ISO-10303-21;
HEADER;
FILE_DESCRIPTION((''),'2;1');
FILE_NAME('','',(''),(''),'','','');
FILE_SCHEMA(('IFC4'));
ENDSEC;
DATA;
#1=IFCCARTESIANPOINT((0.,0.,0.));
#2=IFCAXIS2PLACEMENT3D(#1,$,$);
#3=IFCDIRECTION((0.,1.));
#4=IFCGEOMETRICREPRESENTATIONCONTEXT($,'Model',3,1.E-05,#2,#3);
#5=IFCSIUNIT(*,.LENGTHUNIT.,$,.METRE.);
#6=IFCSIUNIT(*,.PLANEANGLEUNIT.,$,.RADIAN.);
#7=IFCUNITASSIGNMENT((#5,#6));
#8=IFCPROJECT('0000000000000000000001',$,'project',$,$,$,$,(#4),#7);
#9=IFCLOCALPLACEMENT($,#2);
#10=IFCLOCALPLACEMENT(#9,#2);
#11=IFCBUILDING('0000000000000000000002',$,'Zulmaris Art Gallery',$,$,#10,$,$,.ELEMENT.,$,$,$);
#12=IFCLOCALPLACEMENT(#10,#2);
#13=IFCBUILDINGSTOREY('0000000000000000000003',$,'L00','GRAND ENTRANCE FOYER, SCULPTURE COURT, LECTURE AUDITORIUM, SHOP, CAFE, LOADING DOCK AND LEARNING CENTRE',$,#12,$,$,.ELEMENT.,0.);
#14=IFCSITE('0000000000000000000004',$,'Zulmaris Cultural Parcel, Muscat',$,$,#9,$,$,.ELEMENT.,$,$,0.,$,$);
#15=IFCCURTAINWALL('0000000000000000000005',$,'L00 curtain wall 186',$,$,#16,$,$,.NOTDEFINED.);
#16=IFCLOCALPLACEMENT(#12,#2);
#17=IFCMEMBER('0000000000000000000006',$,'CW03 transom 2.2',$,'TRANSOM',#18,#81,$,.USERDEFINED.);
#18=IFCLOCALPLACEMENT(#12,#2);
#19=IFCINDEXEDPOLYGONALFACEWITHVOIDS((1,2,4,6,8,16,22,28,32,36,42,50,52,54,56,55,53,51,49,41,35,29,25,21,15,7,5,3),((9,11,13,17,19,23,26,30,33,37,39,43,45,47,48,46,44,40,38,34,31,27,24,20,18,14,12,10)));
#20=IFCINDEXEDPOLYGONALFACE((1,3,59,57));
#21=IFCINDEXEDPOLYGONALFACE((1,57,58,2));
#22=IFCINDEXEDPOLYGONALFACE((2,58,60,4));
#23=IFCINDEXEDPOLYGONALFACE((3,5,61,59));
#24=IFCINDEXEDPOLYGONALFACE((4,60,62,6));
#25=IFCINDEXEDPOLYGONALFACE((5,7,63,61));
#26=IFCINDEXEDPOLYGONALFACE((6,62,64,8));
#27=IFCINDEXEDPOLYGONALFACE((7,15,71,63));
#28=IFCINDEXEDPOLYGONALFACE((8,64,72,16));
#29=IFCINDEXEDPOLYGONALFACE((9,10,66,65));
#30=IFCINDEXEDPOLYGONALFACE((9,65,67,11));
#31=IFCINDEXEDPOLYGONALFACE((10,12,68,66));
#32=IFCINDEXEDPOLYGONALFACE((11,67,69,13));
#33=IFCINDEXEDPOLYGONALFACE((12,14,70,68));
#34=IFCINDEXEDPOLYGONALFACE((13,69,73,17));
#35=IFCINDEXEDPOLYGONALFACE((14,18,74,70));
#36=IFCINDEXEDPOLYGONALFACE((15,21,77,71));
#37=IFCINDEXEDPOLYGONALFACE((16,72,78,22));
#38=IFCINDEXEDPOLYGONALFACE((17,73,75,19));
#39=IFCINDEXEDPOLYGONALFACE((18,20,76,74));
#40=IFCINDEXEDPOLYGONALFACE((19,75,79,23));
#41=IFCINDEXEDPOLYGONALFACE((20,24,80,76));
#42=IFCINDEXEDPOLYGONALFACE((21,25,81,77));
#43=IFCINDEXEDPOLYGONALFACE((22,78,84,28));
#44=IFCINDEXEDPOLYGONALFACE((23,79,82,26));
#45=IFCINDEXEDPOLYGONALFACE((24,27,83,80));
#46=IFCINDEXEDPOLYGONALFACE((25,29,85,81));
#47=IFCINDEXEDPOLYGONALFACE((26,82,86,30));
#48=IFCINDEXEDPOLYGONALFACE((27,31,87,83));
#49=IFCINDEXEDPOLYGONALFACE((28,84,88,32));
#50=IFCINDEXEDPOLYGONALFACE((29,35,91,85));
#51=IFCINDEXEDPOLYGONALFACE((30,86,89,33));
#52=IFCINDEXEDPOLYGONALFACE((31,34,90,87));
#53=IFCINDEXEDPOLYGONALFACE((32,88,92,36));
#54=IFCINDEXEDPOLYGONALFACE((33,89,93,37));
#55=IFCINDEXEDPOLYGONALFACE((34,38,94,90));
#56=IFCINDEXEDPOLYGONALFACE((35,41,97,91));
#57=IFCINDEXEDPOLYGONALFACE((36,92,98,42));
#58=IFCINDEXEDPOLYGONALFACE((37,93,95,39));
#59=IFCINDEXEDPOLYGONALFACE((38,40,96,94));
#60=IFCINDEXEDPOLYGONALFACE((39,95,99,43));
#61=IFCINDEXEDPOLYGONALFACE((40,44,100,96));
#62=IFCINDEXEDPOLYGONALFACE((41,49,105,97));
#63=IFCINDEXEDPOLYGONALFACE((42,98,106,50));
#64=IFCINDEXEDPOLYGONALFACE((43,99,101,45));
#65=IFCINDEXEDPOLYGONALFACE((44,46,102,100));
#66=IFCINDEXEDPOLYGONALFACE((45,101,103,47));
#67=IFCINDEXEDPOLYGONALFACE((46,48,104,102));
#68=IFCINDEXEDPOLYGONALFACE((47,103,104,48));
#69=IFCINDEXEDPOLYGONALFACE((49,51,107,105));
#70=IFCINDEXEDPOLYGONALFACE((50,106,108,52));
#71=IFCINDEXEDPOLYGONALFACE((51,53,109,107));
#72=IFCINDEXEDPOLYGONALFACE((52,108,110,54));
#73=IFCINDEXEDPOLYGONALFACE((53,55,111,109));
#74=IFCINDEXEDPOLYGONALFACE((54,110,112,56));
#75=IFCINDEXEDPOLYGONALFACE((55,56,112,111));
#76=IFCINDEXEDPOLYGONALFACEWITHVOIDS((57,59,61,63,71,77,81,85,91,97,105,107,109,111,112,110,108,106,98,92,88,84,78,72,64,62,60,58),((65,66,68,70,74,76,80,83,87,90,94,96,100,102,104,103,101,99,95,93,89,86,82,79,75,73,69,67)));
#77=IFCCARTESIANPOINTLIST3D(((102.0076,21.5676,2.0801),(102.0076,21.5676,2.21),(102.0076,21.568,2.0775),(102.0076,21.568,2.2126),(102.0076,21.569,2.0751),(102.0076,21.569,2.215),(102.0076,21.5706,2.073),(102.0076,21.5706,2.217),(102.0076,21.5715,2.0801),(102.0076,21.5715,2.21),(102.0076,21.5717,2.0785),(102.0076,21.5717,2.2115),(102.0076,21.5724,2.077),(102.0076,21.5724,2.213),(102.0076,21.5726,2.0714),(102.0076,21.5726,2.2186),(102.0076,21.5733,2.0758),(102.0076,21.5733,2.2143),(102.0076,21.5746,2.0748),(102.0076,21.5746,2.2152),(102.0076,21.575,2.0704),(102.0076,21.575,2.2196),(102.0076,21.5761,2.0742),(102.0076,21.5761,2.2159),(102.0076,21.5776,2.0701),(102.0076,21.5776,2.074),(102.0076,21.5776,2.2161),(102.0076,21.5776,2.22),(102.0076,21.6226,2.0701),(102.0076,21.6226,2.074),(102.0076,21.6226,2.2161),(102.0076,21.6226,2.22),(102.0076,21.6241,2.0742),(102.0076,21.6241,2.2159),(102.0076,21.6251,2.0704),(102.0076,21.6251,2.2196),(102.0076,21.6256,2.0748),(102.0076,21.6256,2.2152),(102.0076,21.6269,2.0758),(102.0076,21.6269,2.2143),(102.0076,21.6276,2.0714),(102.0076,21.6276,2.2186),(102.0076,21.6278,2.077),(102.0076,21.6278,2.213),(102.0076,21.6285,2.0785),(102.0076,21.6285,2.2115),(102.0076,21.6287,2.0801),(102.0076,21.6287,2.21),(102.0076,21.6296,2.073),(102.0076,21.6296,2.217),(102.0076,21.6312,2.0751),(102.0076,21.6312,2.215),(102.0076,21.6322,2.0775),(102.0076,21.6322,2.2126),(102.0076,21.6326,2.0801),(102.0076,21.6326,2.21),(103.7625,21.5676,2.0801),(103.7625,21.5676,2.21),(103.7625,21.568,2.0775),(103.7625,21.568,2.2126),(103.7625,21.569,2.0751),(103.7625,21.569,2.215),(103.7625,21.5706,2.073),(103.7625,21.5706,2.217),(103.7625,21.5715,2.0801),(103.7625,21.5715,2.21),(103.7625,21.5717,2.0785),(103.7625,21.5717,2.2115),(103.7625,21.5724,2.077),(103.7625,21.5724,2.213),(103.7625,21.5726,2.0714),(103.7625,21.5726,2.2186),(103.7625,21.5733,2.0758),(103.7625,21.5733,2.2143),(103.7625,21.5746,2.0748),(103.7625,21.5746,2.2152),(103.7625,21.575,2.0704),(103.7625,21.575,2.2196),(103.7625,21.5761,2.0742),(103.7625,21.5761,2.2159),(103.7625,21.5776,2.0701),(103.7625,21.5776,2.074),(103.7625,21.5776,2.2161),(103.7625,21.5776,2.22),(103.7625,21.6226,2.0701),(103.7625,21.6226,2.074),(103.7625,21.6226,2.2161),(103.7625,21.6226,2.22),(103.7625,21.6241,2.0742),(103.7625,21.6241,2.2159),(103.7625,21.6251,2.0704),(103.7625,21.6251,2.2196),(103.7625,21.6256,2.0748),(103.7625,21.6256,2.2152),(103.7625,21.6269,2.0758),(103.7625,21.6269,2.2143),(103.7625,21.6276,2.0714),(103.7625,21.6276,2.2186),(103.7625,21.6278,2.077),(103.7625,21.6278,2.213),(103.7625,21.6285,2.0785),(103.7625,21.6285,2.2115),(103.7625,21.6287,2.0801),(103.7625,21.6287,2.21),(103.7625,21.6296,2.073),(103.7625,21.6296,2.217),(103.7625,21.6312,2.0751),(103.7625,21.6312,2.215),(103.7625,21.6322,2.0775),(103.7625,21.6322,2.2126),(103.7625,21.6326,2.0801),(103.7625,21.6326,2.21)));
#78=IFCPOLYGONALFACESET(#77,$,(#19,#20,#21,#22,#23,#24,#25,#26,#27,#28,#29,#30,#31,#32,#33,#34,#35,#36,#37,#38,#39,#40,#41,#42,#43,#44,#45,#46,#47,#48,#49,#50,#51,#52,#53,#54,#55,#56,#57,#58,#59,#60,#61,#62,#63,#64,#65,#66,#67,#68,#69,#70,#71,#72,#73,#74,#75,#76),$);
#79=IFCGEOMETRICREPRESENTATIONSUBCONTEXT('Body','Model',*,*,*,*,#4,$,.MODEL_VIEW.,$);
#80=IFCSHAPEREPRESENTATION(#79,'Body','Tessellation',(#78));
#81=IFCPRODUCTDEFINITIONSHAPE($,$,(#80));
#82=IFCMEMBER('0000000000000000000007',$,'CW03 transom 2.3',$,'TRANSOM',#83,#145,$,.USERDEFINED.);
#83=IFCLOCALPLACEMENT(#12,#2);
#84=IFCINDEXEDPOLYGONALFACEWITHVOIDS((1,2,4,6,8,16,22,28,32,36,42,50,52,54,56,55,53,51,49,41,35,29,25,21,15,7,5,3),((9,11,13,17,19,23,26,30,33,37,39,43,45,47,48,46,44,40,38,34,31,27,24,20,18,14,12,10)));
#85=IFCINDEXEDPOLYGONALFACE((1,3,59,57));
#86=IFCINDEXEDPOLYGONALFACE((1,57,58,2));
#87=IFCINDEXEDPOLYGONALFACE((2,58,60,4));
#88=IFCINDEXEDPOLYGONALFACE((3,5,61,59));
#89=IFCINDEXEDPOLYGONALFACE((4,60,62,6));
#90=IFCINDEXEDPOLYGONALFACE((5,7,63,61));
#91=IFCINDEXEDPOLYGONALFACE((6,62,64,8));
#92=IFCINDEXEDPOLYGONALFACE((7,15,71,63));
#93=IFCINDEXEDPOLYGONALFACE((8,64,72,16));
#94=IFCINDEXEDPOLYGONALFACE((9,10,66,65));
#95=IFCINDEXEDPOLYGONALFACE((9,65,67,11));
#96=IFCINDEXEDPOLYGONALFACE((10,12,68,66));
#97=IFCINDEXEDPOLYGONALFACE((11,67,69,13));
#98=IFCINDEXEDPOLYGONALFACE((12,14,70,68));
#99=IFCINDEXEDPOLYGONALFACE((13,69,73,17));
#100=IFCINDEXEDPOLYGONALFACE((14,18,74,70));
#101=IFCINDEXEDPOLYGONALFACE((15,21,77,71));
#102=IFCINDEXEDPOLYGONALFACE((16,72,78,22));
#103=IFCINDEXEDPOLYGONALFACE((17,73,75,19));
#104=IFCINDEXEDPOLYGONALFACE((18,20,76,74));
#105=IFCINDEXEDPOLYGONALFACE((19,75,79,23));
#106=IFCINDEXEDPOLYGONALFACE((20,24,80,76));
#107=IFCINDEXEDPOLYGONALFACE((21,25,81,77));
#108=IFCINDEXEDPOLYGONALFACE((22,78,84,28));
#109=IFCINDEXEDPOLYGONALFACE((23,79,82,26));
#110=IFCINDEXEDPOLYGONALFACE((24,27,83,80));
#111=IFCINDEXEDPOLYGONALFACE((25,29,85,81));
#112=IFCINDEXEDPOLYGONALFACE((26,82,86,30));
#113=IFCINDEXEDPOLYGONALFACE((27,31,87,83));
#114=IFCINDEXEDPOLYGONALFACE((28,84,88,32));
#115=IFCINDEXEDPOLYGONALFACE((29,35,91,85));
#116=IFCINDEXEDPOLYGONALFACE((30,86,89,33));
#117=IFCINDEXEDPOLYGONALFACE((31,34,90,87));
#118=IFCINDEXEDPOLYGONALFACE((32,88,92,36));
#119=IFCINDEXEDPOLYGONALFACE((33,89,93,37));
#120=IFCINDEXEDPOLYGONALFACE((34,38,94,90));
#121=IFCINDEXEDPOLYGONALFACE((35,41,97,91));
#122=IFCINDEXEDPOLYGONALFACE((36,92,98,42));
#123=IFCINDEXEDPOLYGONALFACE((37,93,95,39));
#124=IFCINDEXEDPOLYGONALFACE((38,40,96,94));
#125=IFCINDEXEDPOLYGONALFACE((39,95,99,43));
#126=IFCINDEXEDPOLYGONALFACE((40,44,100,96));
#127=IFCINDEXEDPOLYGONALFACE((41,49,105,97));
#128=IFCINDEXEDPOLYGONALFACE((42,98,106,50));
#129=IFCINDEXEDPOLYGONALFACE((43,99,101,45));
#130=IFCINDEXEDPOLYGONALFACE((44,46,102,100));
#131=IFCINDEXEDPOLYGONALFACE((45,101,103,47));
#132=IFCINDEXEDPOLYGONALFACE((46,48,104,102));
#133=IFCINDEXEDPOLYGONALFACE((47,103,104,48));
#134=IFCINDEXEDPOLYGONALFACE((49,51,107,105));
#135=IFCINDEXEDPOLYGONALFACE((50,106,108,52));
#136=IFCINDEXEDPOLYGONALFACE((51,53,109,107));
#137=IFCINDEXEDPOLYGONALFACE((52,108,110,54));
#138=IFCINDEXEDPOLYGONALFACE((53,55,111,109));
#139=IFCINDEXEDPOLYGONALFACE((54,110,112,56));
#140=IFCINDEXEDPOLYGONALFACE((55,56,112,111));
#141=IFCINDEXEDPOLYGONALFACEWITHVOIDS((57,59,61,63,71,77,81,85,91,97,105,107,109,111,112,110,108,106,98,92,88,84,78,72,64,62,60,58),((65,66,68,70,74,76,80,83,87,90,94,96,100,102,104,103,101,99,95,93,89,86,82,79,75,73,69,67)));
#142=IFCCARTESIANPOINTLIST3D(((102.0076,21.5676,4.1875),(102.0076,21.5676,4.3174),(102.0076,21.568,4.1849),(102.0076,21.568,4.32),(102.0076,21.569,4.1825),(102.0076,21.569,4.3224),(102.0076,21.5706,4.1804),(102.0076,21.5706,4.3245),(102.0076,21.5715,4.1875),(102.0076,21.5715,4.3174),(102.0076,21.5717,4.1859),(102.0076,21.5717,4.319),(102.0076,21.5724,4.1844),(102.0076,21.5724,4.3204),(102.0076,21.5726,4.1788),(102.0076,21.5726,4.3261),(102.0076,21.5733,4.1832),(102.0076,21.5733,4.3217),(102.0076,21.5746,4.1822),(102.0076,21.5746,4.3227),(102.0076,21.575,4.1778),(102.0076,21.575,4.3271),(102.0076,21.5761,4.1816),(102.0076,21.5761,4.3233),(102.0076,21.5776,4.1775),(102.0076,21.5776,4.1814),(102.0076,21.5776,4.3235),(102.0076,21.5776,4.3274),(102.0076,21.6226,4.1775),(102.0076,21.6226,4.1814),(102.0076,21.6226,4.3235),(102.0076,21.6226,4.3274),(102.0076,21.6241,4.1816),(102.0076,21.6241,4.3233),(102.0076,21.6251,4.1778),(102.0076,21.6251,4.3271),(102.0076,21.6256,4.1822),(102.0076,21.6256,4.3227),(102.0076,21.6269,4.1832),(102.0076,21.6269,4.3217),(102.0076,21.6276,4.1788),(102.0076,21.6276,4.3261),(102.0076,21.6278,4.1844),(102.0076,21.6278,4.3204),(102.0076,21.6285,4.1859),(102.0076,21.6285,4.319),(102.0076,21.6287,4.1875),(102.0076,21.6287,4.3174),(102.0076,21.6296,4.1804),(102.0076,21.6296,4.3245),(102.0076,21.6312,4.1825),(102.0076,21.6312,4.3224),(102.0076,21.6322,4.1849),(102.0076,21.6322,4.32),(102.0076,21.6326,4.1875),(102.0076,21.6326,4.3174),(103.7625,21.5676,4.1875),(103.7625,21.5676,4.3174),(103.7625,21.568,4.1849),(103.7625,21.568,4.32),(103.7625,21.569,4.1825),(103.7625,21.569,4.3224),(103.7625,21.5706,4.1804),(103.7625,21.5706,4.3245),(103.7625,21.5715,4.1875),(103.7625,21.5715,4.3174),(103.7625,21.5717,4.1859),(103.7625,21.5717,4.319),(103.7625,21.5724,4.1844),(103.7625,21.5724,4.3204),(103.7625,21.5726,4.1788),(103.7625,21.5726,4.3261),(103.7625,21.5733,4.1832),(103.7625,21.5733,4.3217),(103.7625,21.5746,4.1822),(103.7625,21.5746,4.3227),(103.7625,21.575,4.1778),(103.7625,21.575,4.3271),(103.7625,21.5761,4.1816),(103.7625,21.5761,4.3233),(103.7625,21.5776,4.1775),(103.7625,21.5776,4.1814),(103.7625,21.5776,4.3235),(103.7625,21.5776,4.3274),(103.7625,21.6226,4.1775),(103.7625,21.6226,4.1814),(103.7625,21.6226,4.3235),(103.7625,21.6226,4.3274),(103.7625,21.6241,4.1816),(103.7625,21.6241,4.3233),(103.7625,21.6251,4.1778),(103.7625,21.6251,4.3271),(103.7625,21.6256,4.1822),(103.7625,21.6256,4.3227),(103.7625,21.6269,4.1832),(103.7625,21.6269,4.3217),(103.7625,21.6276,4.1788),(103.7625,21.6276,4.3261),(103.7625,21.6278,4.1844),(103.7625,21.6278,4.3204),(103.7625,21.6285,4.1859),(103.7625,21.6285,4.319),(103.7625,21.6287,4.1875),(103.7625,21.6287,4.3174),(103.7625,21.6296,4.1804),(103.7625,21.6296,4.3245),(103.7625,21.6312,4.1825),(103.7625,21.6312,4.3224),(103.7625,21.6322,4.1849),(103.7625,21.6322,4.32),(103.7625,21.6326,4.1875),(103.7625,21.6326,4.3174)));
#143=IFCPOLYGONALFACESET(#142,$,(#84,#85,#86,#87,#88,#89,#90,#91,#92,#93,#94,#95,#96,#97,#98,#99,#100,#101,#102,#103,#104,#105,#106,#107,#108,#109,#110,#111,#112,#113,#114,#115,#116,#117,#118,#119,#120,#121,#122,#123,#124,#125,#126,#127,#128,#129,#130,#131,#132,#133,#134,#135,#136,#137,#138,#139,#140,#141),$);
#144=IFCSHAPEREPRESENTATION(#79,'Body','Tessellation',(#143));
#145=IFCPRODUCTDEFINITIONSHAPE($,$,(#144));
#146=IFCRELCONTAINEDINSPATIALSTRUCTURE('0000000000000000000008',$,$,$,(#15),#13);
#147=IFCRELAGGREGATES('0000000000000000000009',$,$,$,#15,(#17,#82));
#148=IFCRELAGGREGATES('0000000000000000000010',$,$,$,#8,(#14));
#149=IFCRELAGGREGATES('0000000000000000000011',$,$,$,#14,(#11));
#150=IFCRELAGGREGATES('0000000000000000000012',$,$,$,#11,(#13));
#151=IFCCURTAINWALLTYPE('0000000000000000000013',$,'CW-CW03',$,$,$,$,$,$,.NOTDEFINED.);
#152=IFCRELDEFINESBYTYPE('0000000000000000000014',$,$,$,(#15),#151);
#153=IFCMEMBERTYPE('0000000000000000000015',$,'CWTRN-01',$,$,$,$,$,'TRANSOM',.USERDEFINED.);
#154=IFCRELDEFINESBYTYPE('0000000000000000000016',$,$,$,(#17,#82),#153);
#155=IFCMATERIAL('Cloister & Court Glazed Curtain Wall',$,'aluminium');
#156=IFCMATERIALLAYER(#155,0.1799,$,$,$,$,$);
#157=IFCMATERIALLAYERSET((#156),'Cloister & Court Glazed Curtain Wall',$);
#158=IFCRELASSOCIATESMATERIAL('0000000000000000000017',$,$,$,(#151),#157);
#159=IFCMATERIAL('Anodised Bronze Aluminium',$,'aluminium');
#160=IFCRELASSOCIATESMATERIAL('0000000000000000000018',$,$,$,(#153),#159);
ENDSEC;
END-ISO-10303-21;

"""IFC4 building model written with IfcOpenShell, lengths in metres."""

from ifc_helpers import new_model, si_unit, direction, frame, origin, origin_2d, place, context, subcontext, project, spatial, hollow_rectangle, extrude, material, layer, layer_set, material_profile, profile_set, type_object, element, aggregate, save


model = new_model("IFC4")

# Units and contexts
model_context = context("Model", 3, precision=1e-05, world=origin(), true_north=direction((0.0, 1.0)))
body_context = subcontext(model_context, "Body", "Model", "MODEL_VIEW")
ifc_project = project(units=[si_unit("LENGTHUNIT", "METRE"), si_unit("PLANEANGLEUNIT", "RADIAN")], contexts=[model_context])

# Site, building, storey
site_placement = place(None, origin())
site = spatial("IfcSite", under=ifc_project, at=site_placement, Name="Zulmaris Cultural Parcel, Muscat", CompositionType="ELEMENT", RefElevation=0.0)
building_placement = place(site_placement, origin())
building = spatial("IfcBuilding", under=site, at=building_placement, Name="Zulmaris Art Gallery", CompositionType="ELEMENT")
storey_placement = place(building_placement, origin())
storey = spatial("IfcBuildingStorey", under=building, at=storey_placement, Name="L00", Description="GRAND ENTRANCE FOYER, SCULPTURE COURT, LECTURE AUDITORIUM, SHOP, CAFE, LOADING DOCK AND LEARNING CENTRE", CompositionType="ELEMENT", Elevation=0.0)

# Shared definitions
ifc_material_1 = material(Name="Cloister & Court Glazed Curtain Wall", Category="aluminium")
ifc_layer_1 = layer(ifc_material_1, 0.1799)
ifc_layer_set_1 = layer_set([ifc_layer_1], Name="Cloister & Court Glazed Curtain Wall")
curtain_wall_type = type_object("IfcCurtainWallType", Name="CW-CW03", PredefinedType="NOTDEFINED", material=ifc_layer_set_1)
ifc_material_2 = material(Name="Anodised Bronze Aluminium", Category="aluminium")

# Curtain wall, members
curtain_wall_1_placement = place(storey_placement, origin())
curtain_wall_1 = element("IfcCurtainWall", 1, at=curtain_wall_1_placement, inside=storey, type_object=curtain_wall_type, Name="L00 curtain wall 186", PredefinedType="NOTDEFINED")
ifc_material_profile_1 = material_profile(ifc_material_2, hollow_rectangle(XDim=0.0649, YDim=0.1499, WallThickness=0.0039, InnerFilletRadius=0.0061, OuterFilletRadius=0.01, at=origin_2d()), Name="ALU 65x150x4")
ifc_profile_set_1 = profile_set([ifc_material_profile_1], Name="Anodised Bronze Aluminium")
member_type_1 = type_object("IfcMemberType", Name="CWTRN-01", ElementType="TRANSOM", PredefinedType="USERDEFINED", material=ifc_profile_set_1)
member_1_placement = place(storey_placement, frame((102.0076, 21.6001, 2.145), z_axis=(1.0, 0.0, 0.0), x_axis=(0.0, 1.0, 0.0)))
member_1 = element("IfcMember", 2, at=member_1_placement, type_object=member_type_1, Name="CW03 transom 2.2", ObjectType="TRANSOM", PredefinedType="USERDEFINED", context=body_context, shape_type="SweptSolid", body=[
    extrude(hollow_rectangle(XDim=0.0649, YDim=0.1499, WallThickness=0.0039, InnerFilletRadius=0.0061, OuterFilletRadius=0.01, at=origin_2d()), origin(), (0.0, 0.0, 1.0), 1.7549),
])
member_2_placement = place(storey_placement, frame((102.0076, 21.6001, 4.2524), z_axis=(1.0, 0.0, 0.0), x_axis=(0.0, 1.0, 0.0)))
member_2 = element("IfcMember", 3, at=member_2_placement, type_object=member_type_1, Name="CW03 transom 2.3", ObjectType="TRANSOM", PredefinedType="USERDEFINED", context=body_context, shape_type="SweptSolid", body=[
    extrude(hollow_rectangle(XDim=0.0649, YDim=0.1499, WallThickness=0.0039, InnerFilletRadius=0.0061, OuterFilletRadius=0.01, at=origin_2d()), origin(), (0.0, 0.0, 1.0), 1.7549),
])

aggregate(curtain_wall_1, [member_1, member_2])

save(model, "model.ifc")
